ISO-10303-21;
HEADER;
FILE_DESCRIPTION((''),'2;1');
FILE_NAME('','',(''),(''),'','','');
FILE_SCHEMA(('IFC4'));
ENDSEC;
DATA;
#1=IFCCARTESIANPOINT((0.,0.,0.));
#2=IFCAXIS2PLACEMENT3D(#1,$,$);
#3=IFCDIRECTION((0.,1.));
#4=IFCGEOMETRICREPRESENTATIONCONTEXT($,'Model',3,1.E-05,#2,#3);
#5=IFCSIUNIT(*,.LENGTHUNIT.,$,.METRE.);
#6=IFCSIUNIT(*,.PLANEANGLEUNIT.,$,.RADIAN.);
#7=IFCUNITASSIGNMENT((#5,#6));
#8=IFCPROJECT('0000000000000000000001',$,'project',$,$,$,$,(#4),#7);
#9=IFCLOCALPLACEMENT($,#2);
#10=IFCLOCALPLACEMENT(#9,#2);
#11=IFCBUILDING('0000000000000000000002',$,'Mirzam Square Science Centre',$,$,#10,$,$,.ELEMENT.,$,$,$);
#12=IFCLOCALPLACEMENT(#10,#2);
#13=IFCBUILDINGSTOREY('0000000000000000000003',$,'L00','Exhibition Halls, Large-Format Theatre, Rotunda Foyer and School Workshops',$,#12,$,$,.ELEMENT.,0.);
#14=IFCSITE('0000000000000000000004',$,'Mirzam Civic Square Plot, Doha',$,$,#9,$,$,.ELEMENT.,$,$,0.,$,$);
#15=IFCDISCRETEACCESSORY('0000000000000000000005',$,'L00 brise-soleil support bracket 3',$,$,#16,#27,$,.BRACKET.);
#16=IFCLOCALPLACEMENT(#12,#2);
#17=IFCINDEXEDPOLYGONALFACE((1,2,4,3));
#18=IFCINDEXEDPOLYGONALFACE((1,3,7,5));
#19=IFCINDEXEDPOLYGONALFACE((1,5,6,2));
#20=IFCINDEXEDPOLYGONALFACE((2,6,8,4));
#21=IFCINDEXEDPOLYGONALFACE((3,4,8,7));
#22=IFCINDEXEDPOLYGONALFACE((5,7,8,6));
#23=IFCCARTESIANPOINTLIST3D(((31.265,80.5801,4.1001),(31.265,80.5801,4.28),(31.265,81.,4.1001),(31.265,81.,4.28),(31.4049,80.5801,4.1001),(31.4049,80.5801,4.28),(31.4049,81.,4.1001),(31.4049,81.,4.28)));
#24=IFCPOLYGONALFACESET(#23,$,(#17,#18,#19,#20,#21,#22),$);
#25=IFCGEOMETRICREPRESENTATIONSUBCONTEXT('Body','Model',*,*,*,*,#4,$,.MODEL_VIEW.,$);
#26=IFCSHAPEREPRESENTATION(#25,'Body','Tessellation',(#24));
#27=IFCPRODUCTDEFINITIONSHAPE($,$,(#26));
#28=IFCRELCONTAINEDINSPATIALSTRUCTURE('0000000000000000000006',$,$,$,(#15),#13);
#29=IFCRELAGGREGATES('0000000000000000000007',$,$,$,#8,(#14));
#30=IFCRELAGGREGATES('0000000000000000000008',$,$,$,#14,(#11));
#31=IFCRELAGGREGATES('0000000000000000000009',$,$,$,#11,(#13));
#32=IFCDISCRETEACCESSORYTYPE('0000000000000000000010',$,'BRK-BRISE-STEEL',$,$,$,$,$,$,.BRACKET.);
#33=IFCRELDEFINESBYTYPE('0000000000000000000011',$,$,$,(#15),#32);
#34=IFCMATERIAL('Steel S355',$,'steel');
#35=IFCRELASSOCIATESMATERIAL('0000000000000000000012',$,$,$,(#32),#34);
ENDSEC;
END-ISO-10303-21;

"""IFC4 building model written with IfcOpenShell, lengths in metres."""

from ifc_helpers import new_model, si_unit, direction, frame, origin, origin_2d, place, context, subcontext, project, spatial, rectangle, extrude, material, type_object, element, save


model = new_model("IFC4")

# Units and contexts
model_context = context("Model", 3, precision=1e-05, world=origin(), true_north=direction((0.0, 1.0)))
body_context = subcontext(model_context, "Body", "Model", "MODEL_VIEW")
ifc_project = project(units=[si_unit("LENGTHUNIT", "METRE"), si_unit("PLANEANGLEUNIT", "RADIAN")], contexts=[model_context])

# Site, building, storey
site_placement = place(None, origin())
site = spatial("IfcSite", under=ifc_project, at=site_placement, Name="Mirzam Civic Square Plot, Doha", CompositionType="ELEMENT", RefElevation=0.0)
building_placement = place(site_placement, origin())
building = spatial("IfcBuilding", under=site, at=building_placement, Name="Mirzam Square Science Centre", CompositionType="ELEMENT")
storey_placement = place(building_placement, origin())
storey = spatial("IfcBuildingStorey", under=building, at=storey_placement, Name="L00", Description="Exhibition Halls, Large-Format Theatre, Rotunda Foyer and School Workshops", CompositionType="ELEMENT", Elevation=0.0)

# Shared definitions
ifc_material_1 = material(Name="Steel S355", Category="steel")

# Discrete accessory
discrete_accessory_type = type_object("IfcDiscreteAccessoryType", Name="BRK-BRISE-STEEL", PredefinedType="BRACKET", material=ifc_material_1)
for number, where, z_axis, x_axis, name in (
    (1, (31.335, 80.79, 4.1001), (0.0, 0.0, 1.0), (-1.0, 0.0, 0.0), "L00 brise-soleil support bracket 3"),
):
    element("IfcDiscreteAccessory", number, at=place(storey_placement, frame(where, z_axis=z_axis, x_axis=x_axis)), inside=storey, type_object=discrete_accessory_type, Name=name, PredefinedType="BRACKET", context=body_context, shape_type="SweptSolid", body=[
        extrude(rectangle(XDim=0.1399, YDim=0.4199, at=origin_2d()), origin(), (0.0, 0.0, 1.0), 0.1799),
    ])

save(model, "model.ifc")
